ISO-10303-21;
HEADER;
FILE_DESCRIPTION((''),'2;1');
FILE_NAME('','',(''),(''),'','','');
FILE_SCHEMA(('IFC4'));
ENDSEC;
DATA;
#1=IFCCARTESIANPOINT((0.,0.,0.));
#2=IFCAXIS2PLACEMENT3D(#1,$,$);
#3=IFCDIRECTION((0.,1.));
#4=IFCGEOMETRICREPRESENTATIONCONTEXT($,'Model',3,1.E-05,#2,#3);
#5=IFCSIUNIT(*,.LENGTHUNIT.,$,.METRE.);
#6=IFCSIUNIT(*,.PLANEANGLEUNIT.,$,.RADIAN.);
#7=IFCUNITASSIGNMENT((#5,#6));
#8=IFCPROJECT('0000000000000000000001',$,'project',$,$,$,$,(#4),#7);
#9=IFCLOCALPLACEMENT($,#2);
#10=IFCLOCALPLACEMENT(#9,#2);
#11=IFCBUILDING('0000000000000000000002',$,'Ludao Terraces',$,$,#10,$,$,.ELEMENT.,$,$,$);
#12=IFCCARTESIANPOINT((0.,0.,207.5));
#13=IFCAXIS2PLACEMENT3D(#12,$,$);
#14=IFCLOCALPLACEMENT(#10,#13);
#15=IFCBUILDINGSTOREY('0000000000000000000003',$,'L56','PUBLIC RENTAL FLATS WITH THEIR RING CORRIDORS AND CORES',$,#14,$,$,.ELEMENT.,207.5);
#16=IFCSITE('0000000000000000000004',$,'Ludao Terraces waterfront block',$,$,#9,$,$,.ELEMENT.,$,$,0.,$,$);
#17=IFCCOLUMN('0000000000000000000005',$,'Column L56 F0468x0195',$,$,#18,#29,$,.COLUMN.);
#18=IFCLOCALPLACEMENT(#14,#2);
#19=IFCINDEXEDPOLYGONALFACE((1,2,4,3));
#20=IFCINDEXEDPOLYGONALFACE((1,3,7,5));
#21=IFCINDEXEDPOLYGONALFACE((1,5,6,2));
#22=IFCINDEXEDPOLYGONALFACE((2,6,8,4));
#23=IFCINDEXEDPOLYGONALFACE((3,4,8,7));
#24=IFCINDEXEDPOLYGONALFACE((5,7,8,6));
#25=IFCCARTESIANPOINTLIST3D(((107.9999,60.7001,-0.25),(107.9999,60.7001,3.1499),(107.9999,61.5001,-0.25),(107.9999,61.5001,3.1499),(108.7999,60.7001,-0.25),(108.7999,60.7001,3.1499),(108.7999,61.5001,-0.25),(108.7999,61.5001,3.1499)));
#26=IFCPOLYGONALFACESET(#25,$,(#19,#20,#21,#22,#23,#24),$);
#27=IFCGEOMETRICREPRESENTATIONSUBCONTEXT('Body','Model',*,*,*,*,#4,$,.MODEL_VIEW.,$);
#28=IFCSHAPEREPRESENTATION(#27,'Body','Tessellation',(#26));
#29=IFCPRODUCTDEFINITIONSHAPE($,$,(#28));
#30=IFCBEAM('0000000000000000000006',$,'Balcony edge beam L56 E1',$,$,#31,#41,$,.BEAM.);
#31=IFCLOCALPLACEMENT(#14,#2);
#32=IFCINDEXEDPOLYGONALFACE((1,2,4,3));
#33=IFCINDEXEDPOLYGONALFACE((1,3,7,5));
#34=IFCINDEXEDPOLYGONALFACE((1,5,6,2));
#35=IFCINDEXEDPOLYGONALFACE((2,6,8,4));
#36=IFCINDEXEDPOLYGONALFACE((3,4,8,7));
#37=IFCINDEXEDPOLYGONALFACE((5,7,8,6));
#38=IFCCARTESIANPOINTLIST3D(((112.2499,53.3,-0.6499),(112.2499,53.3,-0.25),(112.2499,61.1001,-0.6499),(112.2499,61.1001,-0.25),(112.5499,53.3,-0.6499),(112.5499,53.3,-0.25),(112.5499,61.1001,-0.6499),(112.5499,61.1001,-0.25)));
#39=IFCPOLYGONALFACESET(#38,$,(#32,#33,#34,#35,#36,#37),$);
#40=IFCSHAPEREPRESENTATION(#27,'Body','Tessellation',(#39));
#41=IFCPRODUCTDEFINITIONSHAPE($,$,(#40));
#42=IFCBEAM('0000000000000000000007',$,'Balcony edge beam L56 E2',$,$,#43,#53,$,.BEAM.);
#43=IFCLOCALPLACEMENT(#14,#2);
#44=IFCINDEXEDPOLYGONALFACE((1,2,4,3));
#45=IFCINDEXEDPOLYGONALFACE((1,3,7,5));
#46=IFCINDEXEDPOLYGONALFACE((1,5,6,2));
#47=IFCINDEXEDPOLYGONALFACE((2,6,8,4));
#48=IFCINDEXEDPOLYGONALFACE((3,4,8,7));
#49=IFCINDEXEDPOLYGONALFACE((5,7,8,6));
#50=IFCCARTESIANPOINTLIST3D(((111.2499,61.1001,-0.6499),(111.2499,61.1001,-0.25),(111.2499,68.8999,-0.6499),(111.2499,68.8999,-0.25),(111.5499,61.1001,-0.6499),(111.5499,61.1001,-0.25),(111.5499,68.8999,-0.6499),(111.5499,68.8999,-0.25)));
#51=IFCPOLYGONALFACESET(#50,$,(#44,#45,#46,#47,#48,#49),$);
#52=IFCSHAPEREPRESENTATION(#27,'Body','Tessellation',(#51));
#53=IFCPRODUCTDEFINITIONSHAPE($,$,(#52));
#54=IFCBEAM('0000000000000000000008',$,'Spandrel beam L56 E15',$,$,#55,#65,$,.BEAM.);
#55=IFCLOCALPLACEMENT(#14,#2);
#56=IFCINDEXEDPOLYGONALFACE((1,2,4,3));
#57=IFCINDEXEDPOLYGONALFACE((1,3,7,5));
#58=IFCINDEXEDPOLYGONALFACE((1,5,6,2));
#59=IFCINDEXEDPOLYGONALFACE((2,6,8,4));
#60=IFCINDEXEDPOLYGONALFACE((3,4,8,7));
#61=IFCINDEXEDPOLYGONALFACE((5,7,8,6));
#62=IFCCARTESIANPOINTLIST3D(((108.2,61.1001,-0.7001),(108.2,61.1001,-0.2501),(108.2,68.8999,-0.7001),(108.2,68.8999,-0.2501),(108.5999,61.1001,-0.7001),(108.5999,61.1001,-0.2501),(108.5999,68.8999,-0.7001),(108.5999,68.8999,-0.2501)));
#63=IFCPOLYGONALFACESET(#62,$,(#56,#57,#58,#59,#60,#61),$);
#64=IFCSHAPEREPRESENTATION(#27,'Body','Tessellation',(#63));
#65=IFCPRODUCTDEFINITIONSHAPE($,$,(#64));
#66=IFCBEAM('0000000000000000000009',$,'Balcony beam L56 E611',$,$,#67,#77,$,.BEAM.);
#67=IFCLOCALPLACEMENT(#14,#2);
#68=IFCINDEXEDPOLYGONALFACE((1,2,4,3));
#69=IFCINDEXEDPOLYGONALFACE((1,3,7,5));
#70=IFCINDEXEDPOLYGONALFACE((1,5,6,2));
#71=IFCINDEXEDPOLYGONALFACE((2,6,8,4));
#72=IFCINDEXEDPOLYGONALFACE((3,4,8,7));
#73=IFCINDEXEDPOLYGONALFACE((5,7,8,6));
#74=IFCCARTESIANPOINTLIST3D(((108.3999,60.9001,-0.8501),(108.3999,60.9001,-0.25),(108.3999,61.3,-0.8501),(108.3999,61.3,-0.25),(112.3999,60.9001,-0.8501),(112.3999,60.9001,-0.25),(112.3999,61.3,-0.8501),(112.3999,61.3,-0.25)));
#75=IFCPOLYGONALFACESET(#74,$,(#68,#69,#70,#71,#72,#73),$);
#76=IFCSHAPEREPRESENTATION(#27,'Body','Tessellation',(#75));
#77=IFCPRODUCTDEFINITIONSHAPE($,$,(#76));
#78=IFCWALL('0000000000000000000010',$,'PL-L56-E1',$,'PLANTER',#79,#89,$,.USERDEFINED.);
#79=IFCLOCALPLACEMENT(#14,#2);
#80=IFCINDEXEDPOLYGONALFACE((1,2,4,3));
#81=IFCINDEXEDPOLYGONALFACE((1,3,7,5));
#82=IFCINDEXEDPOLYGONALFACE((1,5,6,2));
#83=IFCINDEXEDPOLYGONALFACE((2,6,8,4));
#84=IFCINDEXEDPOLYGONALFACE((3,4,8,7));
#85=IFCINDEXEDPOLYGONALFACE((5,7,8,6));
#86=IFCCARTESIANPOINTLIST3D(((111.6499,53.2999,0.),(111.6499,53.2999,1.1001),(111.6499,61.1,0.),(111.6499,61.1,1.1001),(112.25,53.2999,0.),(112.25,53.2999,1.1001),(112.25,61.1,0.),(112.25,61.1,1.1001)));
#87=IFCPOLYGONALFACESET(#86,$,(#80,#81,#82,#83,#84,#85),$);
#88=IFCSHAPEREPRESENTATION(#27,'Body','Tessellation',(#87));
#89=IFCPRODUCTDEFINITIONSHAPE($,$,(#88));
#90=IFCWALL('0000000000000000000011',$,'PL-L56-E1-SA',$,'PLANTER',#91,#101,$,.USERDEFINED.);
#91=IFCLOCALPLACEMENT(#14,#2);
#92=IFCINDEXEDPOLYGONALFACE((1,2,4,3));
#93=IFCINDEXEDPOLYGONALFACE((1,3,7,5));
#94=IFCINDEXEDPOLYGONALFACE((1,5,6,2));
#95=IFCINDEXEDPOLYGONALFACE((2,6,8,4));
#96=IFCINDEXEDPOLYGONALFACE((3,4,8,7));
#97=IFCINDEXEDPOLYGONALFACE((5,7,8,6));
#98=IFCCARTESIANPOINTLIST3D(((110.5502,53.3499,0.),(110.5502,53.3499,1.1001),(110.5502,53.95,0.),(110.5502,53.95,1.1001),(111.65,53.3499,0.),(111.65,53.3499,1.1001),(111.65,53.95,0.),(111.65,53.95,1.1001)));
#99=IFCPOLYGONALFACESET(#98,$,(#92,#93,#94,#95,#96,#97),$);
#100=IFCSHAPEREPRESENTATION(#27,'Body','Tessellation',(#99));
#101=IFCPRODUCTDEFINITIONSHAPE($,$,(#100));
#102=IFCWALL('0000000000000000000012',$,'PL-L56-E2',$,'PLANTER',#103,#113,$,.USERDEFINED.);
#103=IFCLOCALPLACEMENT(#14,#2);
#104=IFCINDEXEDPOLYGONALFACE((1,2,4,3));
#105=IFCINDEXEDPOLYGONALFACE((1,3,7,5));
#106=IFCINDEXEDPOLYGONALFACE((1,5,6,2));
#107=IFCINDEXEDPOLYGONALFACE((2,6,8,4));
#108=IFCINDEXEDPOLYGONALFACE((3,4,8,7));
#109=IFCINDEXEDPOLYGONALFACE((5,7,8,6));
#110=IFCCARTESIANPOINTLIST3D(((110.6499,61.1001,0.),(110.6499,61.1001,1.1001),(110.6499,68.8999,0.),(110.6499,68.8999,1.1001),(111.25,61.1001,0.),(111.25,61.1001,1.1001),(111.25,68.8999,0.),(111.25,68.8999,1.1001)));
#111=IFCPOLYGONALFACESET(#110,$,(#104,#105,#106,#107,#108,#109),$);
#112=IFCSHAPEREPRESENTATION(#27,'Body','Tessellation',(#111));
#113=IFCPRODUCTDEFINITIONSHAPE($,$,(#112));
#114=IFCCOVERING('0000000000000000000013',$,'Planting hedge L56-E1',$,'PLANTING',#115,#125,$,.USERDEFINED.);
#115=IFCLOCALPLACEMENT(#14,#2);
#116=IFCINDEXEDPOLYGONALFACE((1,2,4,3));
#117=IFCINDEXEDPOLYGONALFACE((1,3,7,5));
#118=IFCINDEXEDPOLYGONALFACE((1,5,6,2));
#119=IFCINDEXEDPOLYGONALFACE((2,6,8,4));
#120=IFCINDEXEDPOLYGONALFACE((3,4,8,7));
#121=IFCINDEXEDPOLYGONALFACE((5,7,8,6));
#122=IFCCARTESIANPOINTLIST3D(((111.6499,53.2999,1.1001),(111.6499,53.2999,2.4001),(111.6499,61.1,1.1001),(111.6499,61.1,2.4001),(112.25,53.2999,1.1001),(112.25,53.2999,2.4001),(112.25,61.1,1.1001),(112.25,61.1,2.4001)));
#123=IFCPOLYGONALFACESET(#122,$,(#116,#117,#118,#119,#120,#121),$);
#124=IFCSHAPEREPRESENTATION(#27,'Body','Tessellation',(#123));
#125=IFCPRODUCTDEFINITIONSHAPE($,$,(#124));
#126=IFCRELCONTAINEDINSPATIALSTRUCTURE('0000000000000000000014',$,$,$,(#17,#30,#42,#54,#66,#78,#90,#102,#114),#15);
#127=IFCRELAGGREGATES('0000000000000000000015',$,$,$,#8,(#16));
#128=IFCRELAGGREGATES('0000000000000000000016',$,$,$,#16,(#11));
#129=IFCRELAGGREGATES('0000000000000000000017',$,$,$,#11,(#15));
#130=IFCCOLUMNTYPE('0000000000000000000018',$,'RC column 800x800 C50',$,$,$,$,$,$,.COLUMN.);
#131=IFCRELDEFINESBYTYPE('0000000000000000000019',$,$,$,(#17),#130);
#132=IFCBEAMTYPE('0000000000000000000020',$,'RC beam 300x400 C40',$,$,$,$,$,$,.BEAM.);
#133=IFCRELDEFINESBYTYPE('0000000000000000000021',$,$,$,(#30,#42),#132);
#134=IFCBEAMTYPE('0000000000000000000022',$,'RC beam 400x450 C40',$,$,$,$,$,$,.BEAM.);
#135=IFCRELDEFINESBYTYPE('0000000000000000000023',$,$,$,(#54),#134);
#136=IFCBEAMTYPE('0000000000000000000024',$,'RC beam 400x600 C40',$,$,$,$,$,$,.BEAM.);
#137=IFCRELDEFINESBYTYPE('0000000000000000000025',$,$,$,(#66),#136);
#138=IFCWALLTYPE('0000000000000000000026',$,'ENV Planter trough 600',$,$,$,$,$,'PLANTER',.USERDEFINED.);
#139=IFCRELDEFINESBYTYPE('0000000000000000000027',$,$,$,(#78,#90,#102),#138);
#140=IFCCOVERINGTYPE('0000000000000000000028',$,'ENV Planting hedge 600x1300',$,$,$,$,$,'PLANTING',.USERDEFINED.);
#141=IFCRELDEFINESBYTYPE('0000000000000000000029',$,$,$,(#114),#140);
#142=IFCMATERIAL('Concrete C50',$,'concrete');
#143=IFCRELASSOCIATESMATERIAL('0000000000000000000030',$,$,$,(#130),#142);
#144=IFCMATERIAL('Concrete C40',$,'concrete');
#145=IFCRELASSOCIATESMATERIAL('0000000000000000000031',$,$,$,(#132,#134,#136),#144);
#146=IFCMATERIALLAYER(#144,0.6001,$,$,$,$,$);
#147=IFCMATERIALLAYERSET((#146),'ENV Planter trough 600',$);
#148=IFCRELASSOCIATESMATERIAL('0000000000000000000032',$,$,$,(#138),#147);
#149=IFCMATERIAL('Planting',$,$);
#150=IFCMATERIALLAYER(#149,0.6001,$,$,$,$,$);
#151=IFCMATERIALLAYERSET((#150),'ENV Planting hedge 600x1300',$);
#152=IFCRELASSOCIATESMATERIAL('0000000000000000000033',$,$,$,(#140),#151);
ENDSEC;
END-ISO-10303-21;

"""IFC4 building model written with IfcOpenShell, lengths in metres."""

from ifc_helpers import new_model, si_unit, direction, frame, frame_2d, origin, origin_2d, place, context, subcontext, project, spatial, rectangle, extrude, material, layer, layer_set, material_profile, profile_set, type_object, element, save


model = new_model("IFC4")

# Units and contexts
model_context = context("Model", 3, precision=1e-05, world=origin(), true_north=direction((0.0, 1.0)))
body_context = subcontext(model_context, "Body", "Model", "MODEL_VIEW")
ifc_project = project(units=[si_unit("LENGTHUNIT", "METRE"), si_unit("PLANEANGLEUNIT", "RADIAN")], contexts=[model_context])

# Site, building, storey
site_placement = place(None, origin())
site = spatial("IfcSite", under=ifc_project, at=site_placement, Name="Ludao Terraces waterfront block", CompositionType="ELEMENT", RefElevation=0.0)
building_placement = place(site_placement, origin())
building = spatial("IfcBuilding", under=site, at=building_placement, Name="Ludao Terraces", CompositionType="ELEMENT")
storey_placement = place(building_placement, frame((0.0, 0.0, 207.5)))
storey = spatial("IfcBuildingStorey", under=building, at=storey_placement, Name="L56", Description="PUBLIC RENTAL FLATS WITH THEIR RING CORRIDORS AND CORES", CompositionType="ELEMENT", Elevation=207.5)

# Column
ifc_material_1 = material(Name="Concrete C50", Category="concrete")
ifc_material_profile_1 = material_profile(ifc_material_1, rectangle(XDim=0.8, YDim=0.8, at=origin_2d()), Name="800 X 800")
ifc_profile_set_1 = profile_set([ifc_material_profile_1], Name="Concrete C50")
column_type = type_object("IfcColumnType", Name="RC column 800x800 C50", PredefinedType="COLUMN", material=ifc_profile_set_1)
column_placement = place(storey_placement, frame((108.3999, 61.1001, -0.25), z_axis=(0.0, 0.0, 1.0), x_axis=(1.0, 0.0, 0.0)))
element("IfcColumn", 1, at=column_placement, inside=storey, type_object=column_type, Name="Column L56 F0468x0195", PredefinedType="COLUMN", context=body_context, shape_type="SweptSolid", body=[
    extrude(rectangle(XDim=0.8, YDim=0.8, at=origin_2d()), origin(), (0.0, 0.0, 1.0), 3.3999),
])

# Beams
ifc_material_2 = material(Name="Concrete C40", Category="concrete")
ifc_material_profile_2 = material_profile(ifc_material_2, rectangle(XDim=0.3, YDim=0.3999, at=origin_2d()), Name="300 X 400")
ifc_profile_set_2 = profile_set([ifc_material_profile_2], Name="Concrete C40")
beam_type_1 = type_object("IfcBeamType", Name="RC beam 300x400 C40", PredefinedType="BEAM", material=ifc_profile_set_2)
beam_1_placement = place(storey_placement, frame((112.3999, 53.3, -0.45), z_axis=(0.0, 1.0, 0.0), x_axis=(-1.0, 0.0, 0.0)))
element("IfcBeam", 2, at=beam_1_placement, inside=storey, type_object=beam_type_1, Name="Balcony edge beam L56 E1", PredefinedType="BEAM", context=body_context, shape_type="SweptSolid", body=[
    extrude(rectangle(XDim=0.3, YDim=0.3999, at=origin_2d()), origin(), (0.0, 0.0, 1.0), 7.8),
])
beam_2_placement = place(storey_placement, frame((111.3999, 61.1001, -0.45), z_axis=(0.0, 1.0, 0.0), x_axis=(-1.0, 0.0, 0.0)))
element("IfcBeam", 3, at=beam_2_placement, inside=storey, type_object=beam_type_1, Name="Balcony edge beam L56 E2", PredefinedType="BEAM", context=body_context, shape_type="SweptSolid", body=[
    extrude(rectangle(XDim=0.3, YDim=0.3999, at=origin_2d()), origin(), (0.0, 0.0, 1.0), 7.7998),
])
ifc_material_profile_3 = material_profile(ifc_material_2, rectangle(XDim=0.3999, YDim=0.45, at=origin_2d()), Name="400 X 450")
ifc_profile_set_3 = profile_set([ifc_material_profile_3], Name="Concrete C40")
beam_type_2 = type_object("IfcBeamType", Name="RC beam 400x450 C40", PredefinedType="BEAM", material=ifc_profile_set_3)
beam_3_placement = place(storey_placement, frame((108.3999, 61.1001, -0.4751), z_axis=(0.0, 1.0, 0.0), x_axis=(-1.0, 0.0, 0.0)))
element("IfcBeam", 4, at=beam_3_placement, inside=storey, type_object=beam_type_2, Name="Spandrel beam L56 E15", PredefinedType="BEAM", context=body_context, shape_type="SweptSolid", body=[
    extrude(rectangle(XDim=0.3999, YDim=0.45, at=origin_2d()), origin(), (0.0, 0.0, 1.0), 7.7998),
])
ifc_material_profile_4 = material_profile(ifc_material_2, rectangle(XDim=0.3999, YDim=0.6001, at=origin_2d()), Name="400 X 600")
ifc_profile_set_4 = profile_set([ifc_material_profile_4], Name="Concrete C40")
beam_type_3 = type_object("IfcBeamType", Name="RC beam 400x600 C40", PredefinedType="BEAM", material=ifc_profile_set_4)
beam_4_placement = place(storey_placement, frame((108.3999, 61.1001, -0.55), z_axis=(1.0, 0.0, 0.0), x_axis=(0.0, 1.0, 0.0)))
element("IfcBeam", 5, at=beam_4_placement, inside=storey, type_object=beam_type_3, Name="Balcony beam L56 E611", PredefinedType="BEAM", context=body_context, shape_type="SweptSolid", body=[
    extrude(rectangle(XDim=0.3999, YDim=0.6001, at=origin_2d()), origin(), (0.0, 0.0, 1.0), 4.0),
])

# Walls
ifc_layer_1 = layer(ifc_material_2, 0.6001)
ifc_layer_set_1 = layer_set([ifc_layer_1], Name="ENV Planter trough 600")
wall_type = type_object("IfcWallType", Name="ENV Planter trough 600", ElementType="PLANTER", PredefinedType="USERDEFINED", material=ifc_layer_set_1)
wall_1_placement = place(storey_placement, frame((111.95, 53.3, 0.0), z_axis=(0.0, 0.0, 1.0), x_axis=(0.0, 1.0, 0.0)))
element("IfcWall", 6, at=wall_1_placement, inside=storey, type_object=wall_type, Name="PL-L56-E1", ObjectType="PLANTER", PredefinedType="USERDEFINED", context=body_context, shape_type="SweptSolid", body=[
    extrude(rectangle(XDim=7.8, YDim=0.6001, at=frame_2d((3.8999, 0.0))), origin(), (0.0, 0.0, 1.0), 1.1001),
])
wall_2_placement = place(storey_placement, frame((111.6499, 53.6499, 0.0), z_axis=(0.0, 0.0, 1.0), x_axis=(-1.0, 0.0, 0.0)))
element("IfcWall", 7, at=wall_2_placement, inside=storey, type_object=wall_type, Name="PL-L56-E1-SA", ObjectType="PLANTER", PredefinedType="USERDEFINED", context=body_context, shape_type="SweptSolid", body=[
    extrude(rectangle(XDim=1.0999, YDim=0.6001, at=frame_2d((0.5498, 0.0))), origin(), (0.0, 0.0, 1.0), 1.1001),
])
wall_3_placement = place(storey_placement, frame((110.95, 61.1001, 0.0), z_axis=(0.0, 0.0, 1.0), x_axis=(0.0, 1.0, 0.0)))
element("IfcWall", 8, at=wall_3_placement, inside=storey, type_object=wall_type, Name="PL-L56-E2", ObjectType="PLANTER", PredefinedType="USERDEFINED", context=body_context, shape_type="SweptSolid", body=[
    extrude(rectangle(XDim=7.7998, YDim=0.6001, at=frame_2d((3.8999, 0.0))), origin(), (0.0, 0.0, 1.0), 1.1001),
])

# Covering
ifc_material_3 = material(Name="Planting")
ifc_layer_2 = layer(ifc_material_3, 0.6001)
ifc_layer_set_2 = layer_set([ifc_layer_2], Name="ENV Planting hedge 600x1300")
covering_type = type_object("IfcCoveringType", Name="ENV Planting hedge 600x1300", ElementType="PLANTING", PredefinedType="USERDEFINED", material=ifc_layer_set_2)
covering_placement = place(storey_placement, frame((111.95, 57.2, 1.1001), z_axis=(0.0, 0.0, 1.0), x_axis=(1.0, 0.0, 0.0)))
element("IfcCovering", 9, at=covering_placement, inside=storey, type_object=covering_type, Name="Planting hedge L56-E1", ObjectType="PLANTING", PredefinedType="USERDEFINED", context=body_context, shape_type="SweptSolid", body=[
    extrude(rectangle(XDim=0.6001, YDim=7.8, at=origin_2d()), origin(), (0.0, 0.0, 1.0), 1.3),
])

save(model, "model.ifc")
